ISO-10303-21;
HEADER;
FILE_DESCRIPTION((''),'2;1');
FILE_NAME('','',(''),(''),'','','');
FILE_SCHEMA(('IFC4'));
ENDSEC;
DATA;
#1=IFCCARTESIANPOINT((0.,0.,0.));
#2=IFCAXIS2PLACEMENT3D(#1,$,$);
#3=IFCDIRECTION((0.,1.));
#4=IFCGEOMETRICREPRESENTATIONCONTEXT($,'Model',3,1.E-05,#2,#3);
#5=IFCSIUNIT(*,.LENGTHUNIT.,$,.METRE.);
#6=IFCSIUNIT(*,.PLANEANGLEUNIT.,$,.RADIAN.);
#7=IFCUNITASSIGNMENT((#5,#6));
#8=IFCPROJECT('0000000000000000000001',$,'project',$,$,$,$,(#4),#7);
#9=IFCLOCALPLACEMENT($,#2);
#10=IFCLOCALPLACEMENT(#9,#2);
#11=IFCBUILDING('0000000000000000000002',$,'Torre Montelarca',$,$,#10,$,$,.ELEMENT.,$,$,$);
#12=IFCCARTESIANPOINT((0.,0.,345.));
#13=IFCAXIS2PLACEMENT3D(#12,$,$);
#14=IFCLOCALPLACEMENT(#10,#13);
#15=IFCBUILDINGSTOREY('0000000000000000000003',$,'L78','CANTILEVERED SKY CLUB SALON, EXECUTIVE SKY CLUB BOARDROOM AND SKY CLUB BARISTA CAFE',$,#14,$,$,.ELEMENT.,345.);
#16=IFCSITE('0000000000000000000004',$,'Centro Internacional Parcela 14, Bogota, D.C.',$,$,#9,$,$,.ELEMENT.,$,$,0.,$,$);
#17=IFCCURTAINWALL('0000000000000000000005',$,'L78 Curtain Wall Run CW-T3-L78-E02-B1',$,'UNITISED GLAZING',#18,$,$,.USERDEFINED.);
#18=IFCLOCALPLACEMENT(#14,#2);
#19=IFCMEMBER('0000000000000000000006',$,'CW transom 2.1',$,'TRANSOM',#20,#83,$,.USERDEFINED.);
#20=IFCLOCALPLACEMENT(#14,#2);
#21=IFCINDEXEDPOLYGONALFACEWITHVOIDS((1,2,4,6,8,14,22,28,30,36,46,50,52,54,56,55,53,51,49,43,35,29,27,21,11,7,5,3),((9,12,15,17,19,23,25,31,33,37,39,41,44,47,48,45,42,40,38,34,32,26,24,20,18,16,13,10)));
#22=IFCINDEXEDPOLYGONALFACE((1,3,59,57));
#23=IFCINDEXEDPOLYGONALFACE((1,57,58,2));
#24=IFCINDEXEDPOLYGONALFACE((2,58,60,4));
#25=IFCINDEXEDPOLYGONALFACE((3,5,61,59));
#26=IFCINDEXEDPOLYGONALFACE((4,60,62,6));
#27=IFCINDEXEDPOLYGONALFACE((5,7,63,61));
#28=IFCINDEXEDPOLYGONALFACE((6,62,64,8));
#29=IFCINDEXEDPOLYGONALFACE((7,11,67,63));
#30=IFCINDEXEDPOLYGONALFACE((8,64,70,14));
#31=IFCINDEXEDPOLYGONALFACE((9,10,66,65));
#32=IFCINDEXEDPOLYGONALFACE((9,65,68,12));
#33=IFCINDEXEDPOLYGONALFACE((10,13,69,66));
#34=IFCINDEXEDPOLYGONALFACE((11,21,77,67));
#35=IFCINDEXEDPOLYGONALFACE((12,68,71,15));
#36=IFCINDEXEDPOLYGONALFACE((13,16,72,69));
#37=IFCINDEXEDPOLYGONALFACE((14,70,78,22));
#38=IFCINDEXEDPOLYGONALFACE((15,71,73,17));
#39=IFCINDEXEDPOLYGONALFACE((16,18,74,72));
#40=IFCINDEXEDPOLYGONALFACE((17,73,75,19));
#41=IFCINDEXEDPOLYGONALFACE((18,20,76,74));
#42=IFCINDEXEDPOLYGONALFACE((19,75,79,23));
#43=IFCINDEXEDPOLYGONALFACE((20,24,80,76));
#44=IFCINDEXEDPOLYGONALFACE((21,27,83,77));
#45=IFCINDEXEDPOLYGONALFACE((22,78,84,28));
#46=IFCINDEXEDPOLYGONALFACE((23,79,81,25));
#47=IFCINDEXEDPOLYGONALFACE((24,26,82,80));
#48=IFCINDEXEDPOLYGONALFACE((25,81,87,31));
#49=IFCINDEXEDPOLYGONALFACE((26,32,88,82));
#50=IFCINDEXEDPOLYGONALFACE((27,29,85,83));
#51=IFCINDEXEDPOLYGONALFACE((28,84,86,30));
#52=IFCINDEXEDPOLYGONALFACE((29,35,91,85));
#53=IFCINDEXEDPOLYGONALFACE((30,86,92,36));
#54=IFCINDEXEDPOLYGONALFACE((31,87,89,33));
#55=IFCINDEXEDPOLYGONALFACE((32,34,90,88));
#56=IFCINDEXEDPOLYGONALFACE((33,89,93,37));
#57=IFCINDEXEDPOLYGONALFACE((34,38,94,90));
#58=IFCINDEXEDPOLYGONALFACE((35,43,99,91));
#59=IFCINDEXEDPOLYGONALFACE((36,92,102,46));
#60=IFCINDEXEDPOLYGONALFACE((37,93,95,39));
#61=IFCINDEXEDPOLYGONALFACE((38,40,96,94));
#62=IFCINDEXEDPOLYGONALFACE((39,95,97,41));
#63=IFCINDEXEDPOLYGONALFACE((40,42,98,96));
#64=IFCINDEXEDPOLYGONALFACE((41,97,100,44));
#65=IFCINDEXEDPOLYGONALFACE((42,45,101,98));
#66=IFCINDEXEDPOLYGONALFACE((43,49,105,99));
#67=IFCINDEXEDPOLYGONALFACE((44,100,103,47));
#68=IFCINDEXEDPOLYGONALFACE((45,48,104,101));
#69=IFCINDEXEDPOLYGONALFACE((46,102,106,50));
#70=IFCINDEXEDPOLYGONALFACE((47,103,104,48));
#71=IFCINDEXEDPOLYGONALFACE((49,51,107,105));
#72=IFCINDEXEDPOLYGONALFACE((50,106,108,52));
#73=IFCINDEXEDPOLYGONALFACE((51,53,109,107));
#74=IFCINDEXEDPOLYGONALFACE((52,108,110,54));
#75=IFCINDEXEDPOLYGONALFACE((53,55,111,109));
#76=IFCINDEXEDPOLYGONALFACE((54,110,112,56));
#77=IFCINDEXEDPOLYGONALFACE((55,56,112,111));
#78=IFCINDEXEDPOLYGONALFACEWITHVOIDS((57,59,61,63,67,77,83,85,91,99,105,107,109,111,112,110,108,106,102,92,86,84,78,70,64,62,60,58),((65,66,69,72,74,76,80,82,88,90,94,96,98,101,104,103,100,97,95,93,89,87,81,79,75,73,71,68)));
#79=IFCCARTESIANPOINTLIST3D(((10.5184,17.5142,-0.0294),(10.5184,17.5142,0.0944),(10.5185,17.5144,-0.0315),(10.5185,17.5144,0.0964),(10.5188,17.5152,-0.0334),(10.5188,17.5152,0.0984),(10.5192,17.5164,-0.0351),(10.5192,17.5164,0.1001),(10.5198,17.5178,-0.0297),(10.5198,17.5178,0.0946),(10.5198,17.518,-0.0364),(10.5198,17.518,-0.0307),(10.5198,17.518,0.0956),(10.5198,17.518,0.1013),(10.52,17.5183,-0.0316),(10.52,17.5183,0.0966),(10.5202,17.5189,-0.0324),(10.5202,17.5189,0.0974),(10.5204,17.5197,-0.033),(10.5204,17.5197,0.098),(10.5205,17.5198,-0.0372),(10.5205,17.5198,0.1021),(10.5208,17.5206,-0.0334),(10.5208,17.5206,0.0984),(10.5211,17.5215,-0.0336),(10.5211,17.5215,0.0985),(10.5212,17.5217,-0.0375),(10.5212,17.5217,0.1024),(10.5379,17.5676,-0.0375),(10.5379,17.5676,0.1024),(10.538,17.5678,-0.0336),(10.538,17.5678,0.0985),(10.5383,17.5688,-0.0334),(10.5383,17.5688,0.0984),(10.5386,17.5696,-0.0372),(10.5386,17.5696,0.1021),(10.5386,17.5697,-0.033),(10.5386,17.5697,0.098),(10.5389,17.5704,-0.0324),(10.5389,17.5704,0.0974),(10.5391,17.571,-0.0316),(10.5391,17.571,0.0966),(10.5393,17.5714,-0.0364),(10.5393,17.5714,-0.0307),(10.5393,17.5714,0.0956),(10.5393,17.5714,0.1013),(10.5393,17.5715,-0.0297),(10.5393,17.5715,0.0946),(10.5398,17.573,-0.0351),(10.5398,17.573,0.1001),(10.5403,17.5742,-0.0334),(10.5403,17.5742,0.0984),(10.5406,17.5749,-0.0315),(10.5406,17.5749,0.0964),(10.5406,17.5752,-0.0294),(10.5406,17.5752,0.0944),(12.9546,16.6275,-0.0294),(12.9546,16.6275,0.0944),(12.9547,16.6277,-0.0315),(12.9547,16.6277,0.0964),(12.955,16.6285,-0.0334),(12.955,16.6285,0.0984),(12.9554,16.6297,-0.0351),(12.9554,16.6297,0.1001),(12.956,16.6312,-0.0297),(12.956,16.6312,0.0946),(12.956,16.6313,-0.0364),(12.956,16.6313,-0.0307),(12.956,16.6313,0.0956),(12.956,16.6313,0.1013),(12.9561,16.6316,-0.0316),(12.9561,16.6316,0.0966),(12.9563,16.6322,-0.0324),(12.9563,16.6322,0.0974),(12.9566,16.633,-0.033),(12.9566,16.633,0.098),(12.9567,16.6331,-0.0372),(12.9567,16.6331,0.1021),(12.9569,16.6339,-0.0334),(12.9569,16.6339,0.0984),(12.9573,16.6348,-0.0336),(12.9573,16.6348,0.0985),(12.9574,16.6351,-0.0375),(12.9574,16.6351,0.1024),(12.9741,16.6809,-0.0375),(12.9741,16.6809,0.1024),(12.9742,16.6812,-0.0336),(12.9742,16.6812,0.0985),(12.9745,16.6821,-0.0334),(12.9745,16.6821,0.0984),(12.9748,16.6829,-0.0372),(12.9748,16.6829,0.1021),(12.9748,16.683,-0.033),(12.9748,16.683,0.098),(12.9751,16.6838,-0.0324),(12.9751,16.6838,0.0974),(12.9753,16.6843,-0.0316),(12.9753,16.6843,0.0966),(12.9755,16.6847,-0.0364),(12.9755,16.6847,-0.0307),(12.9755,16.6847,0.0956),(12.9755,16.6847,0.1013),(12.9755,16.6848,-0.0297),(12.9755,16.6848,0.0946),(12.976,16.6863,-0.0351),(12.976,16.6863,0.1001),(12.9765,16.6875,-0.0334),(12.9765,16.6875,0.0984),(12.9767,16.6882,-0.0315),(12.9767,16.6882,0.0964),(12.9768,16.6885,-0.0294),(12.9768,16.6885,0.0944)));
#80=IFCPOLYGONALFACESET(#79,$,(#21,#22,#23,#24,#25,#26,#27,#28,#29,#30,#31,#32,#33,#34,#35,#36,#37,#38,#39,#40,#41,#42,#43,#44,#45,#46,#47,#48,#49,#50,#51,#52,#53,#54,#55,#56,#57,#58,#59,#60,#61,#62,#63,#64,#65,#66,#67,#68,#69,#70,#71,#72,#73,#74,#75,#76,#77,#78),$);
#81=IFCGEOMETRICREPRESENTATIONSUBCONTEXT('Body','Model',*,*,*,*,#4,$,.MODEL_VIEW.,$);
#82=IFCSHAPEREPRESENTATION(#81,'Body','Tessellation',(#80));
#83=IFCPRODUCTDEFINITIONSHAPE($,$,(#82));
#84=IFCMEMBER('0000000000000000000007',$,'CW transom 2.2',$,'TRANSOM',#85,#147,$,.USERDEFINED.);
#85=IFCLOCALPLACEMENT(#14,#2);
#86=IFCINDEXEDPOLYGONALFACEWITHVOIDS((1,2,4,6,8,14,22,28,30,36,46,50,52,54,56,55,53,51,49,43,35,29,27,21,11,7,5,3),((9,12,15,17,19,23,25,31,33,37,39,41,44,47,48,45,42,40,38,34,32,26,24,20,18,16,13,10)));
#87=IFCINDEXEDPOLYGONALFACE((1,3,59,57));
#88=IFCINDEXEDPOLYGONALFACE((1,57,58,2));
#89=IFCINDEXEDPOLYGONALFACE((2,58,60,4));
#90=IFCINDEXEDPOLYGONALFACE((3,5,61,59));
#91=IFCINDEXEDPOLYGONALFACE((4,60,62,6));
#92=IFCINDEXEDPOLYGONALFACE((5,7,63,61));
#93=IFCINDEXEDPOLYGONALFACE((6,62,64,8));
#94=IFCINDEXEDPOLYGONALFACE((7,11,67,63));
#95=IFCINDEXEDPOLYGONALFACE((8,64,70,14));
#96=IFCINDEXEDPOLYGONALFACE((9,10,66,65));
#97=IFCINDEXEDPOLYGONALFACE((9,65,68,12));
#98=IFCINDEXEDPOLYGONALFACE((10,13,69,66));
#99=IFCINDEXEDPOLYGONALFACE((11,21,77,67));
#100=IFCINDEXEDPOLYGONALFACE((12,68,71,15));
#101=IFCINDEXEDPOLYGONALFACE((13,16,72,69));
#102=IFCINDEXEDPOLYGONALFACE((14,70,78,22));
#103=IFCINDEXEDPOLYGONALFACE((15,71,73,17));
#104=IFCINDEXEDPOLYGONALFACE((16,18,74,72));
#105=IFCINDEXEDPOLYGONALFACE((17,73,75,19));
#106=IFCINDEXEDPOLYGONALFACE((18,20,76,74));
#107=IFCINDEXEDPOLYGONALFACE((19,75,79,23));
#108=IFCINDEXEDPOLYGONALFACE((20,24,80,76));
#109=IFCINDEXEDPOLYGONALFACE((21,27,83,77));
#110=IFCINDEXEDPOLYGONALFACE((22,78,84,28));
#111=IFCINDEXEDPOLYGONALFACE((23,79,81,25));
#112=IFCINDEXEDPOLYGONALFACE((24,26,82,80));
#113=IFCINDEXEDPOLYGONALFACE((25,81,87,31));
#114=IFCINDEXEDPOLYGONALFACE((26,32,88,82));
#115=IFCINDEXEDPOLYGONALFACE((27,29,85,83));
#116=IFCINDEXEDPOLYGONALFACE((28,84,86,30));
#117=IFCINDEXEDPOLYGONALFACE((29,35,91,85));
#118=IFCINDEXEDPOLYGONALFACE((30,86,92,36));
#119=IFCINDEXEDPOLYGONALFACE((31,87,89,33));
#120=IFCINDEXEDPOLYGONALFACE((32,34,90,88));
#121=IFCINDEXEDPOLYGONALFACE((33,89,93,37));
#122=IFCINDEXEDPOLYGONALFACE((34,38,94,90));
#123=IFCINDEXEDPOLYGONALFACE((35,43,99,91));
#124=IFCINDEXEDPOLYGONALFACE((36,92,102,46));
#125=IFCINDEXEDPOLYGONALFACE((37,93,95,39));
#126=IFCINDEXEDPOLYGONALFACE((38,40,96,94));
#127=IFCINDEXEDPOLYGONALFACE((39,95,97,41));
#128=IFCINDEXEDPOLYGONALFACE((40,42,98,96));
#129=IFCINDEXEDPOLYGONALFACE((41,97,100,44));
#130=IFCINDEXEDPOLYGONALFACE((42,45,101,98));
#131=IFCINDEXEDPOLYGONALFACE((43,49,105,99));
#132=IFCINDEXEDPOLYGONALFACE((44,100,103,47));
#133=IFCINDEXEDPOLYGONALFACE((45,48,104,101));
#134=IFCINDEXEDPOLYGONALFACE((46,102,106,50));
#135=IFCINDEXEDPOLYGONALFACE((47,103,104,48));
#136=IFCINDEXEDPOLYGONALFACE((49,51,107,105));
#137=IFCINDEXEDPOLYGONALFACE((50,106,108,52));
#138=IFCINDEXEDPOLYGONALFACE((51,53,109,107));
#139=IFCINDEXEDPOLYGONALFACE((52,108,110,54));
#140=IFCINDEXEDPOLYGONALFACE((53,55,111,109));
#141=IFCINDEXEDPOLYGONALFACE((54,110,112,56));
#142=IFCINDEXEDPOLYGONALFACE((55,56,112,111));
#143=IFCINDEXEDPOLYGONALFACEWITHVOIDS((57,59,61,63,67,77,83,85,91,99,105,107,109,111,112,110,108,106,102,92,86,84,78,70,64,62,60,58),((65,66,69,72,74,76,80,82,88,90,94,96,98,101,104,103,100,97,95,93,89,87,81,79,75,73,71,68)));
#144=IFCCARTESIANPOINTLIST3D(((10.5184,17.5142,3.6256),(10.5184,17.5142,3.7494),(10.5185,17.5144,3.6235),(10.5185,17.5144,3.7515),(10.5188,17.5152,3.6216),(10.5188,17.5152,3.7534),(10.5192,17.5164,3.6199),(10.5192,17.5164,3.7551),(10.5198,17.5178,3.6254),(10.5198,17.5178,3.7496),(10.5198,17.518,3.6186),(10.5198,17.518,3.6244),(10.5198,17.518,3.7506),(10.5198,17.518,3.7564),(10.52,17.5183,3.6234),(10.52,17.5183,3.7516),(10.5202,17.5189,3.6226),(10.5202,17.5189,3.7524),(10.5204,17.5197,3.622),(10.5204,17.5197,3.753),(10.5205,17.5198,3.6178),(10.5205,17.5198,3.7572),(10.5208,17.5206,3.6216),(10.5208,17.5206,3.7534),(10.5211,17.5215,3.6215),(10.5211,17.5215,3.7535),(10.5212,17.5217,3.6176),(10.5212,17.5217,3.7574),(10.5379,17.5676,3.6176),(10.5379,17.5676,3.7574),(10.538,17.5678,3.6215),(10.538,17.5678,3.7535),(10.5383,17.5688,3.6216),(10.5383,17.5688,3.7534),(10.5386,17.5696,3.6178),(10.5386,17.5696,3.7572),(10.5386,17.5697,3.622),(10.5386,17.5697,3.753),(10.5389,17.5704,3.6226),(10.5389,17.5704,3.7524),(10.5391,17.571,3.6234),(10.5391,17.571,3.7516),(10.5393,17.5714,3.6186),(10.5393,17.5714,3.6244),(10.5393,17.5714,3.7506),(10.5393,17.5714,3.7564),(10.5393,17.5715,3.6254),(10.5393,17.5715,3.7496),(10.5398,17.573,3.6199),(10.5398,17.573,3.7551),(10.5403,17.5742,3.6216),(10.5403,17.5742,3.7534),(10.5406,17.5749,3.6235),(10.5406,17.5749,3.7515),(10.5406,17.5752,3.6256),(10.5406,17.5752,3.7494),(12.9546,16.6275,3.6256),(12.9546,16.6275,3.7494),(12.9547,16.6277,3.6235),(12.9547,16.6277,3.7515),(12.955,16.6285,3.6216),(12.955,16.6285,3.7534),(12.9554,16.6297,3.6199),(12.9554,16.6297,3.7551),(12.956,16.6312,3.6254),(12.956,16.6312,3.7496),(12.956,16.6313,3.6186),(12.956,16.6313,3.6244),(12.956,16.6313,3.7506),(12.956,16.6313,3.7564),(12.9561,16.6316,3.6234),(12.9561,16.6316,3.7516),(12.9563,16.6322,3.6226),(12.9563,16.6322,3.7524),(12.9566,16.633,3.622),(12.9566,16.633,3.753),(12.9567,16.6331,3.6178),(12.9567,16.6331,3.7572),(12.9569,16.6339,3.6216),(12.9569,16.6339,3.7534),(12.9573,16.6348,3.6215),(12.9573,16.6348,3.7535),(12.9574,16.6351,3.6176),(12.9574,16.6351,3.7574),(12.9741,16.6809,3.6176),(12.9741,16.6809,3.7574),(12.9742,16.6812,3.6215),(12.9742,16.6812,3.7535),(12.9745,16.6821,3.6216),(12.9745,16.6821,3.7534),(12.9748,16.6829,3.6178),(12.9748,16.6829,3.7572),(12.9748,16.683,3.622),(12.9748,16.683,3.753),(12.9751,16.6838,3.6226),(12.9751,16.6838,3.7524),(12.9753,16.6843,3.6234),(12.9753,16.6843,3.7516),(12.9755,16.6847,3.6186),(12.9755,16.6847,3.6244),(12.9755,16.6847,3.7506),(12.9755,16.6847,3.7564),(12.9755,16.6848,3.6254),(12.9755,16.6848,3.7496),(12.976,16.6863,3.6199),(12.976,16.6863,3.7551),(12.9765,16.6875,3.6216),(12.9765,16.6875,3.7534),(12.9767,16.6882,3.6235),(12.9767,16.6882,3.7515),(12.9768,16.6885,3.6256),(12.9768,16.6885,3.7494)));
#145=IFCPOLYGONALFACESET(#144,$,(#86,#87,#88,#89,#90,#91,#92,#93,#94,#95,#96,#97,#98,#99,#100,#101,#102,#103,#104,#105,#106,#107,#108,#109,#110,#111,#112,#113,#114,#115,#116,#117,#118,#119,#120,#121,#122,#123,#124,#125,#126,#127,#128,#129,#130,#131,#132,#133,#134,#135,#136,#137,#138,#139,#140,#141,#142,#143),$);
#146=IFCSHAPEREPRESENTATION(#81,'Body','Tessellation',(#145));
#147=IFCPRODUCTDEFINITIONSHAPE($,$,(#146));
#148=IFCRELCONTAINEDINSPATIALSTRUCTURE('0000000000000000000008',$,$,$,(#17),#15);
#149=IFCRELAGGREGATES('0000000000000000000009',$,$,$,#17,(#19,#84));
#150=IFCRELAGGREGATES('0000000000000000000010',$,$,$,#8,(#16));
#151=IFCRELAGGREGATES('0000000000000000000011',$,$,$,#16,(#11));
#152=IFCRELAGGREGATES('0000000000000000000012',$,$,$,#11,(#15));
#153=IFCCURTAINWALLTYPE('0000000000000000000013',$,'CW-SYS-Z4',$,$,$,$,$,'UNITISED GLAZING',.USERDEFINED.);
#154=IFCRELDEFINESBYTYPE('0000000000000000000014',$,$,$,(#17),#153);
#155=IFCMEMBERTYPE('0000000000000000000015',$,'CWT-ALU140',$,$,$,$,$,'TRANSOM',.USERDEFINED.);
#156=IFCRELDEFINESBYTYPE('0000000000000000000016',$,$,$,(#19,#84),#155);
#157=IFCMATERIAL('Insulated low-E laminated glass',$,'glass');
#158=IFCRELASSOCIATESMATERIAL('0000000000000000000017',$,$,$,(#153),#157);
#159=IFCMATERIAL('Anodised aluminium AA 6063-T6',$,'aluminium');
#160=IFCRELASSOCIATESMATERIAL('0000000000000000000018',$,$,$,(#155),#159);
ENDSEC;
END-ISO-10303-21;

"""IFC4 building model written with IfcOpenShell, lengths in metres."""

from ifc_helpers import new_model, si_unit, direction, frame, origin, origin_2d, place, context, subcontext, project, spatial, hollow_rectangle, extrude, source, transform, mapped, material, material_profile, profile_set, type_object, element, aggregate, save


model = new_model("IFC4")

# Units and contexts
model_context = context("Model", 3, precision=1e-05, world=origin(), true_north=direction((0.0, 1.0)))
body_context = subcontext(model_context, "Body", "Model", "MODEL_VIEW")
ifc_project = project(units=[si_unit("LENGTHUNIT", "METRE"), si_unit("PLANEANGLEUNIT", "RADIAN")], contexts=[model_context])

# Site, building, storey
site_placement = place(None, origin())
site = spatial("IfcSite", under=ifc_project, at=site_placement, Name="Centro Internacional Parcela 14, Bogota, D.C.", CompositionType="ELEMENT", RefElevation=0.0)
building_placement = place(site_placement, origin())
building = spatial("IfcBuilding", under=site, at=building_placement, Name="Torre Montelarca", CompositionType="ELEMENT")
storey_placement = place(building_placement, frame((0.0, 0.0, 345.0)))
storey = spatial("IfcBuildingStorey", under=building, at=storey_placement, Name="L78", Description="CANTILEVERED SKY CLUB SALON, EXECUTIVE SKY CLUB BOARDROOM AND SKY CLUB BARISTA CAFE", CompositionType="ELEMENT", Elevation=345.0)

# Curtain wall
ifc_material_1 = material(Name="Insulated low-E laminated glass", Category="glass")
curtain_wall_type = type_object("IfcCurtainWallType", Name="CW-SYS-Z4", ElementType="UNITISED GLAZING", PredefinedType="USERDEFINED", material=ifc_material_1)
curtain_wall_1_placement = place(storey_placement, origin())
curtain_wall_1 = element("IfcCurtainWall", 1, at=curtain_wall_1_placement, inside=storey, type_object=curtain_wall_type, Name="L78 Curtain Wall Run CW-T3-L78-E02-B1", ObjectType="UNITISED GLAZING", PredefinedType="USERDEFINED")
ifc_material_2 = material(Name="Anodised aluminium AA 6063-T6", Category="aluminium")

# Members
ifc_material_profile_1 = material_profile(ifc_material_2, hollow_rectangle(XDim=0.0649, YDim=0.1399, WallThickness=0.0039, InnerFilletRadius=0.0039, OuterFilletRadius=0.0081, at=origin_2d()), Name="ALU65X140X4", Category="aluminium")
ifc_profile_set_1 = profile_set([ifc_material_profile_1], Name="Anodised aluminium AA 6063-T6")
member_type_1 = type_object("IfcMemberType", Name="CWT-ALU140", ElementType="TRANSOM", PredefinedType="USERDEFINED", material=ifc_profile_set_1)
shared_shape_1 = source(origin(), body_context, "Body", "SweptSolid", [
    extrude(hollow_rectangle(XDim=0.0649, YDim=0.1399, WallThickness=0.0039, InnerFilletRadius=0.0039, OuterFilletRadius=0.0081, at=origin_2d()), origin(), (0.0, 0.0, 1.0), 2.5925),
])
member_1_placement = place(storey_placement, frame((10.5295, 17.5447, 0.0325), z_axis=(0.939694, -0.342015, 0.0), x_axis=(0.342015, 0.939694, 0.0)))
member_1 = element("IfcMember", 2, at=member_1_placement, type_object=member_type_1, Name="CW transom 2.1", ObjectType="TRANSOM", PredefinedType="USERDEFINED", context=body_context, shape_type="MappedRepresentation", body=[
    mapped(shared_shape_1, transform((0.0, 0.0, 0.0), scale=1.0)),
])
member_2_placement = place(storey_placement, frame((10.5295, 17.5447, 3.6875), z_axis=(0.939694, -0.342015, 0.0), x_axis=(0.342015, 0.939694, 0.0)))
member_2 = element("IfcMember", 3, at=member_2_placement, type_object=member_type_1, Name="CW transom 2.2", ObjectType="TRANSOM", PredefinedType="USERDEFINED", context=body_context, shape_type="MappedRepresentation", body=[
    mapped(shared_shape_1, transform((0.0, 0.0, 0.0), scale=1.0)),
])

aggregate(curtain_wall_1, [member_1, member_2])

save(model, "model.ifc")
